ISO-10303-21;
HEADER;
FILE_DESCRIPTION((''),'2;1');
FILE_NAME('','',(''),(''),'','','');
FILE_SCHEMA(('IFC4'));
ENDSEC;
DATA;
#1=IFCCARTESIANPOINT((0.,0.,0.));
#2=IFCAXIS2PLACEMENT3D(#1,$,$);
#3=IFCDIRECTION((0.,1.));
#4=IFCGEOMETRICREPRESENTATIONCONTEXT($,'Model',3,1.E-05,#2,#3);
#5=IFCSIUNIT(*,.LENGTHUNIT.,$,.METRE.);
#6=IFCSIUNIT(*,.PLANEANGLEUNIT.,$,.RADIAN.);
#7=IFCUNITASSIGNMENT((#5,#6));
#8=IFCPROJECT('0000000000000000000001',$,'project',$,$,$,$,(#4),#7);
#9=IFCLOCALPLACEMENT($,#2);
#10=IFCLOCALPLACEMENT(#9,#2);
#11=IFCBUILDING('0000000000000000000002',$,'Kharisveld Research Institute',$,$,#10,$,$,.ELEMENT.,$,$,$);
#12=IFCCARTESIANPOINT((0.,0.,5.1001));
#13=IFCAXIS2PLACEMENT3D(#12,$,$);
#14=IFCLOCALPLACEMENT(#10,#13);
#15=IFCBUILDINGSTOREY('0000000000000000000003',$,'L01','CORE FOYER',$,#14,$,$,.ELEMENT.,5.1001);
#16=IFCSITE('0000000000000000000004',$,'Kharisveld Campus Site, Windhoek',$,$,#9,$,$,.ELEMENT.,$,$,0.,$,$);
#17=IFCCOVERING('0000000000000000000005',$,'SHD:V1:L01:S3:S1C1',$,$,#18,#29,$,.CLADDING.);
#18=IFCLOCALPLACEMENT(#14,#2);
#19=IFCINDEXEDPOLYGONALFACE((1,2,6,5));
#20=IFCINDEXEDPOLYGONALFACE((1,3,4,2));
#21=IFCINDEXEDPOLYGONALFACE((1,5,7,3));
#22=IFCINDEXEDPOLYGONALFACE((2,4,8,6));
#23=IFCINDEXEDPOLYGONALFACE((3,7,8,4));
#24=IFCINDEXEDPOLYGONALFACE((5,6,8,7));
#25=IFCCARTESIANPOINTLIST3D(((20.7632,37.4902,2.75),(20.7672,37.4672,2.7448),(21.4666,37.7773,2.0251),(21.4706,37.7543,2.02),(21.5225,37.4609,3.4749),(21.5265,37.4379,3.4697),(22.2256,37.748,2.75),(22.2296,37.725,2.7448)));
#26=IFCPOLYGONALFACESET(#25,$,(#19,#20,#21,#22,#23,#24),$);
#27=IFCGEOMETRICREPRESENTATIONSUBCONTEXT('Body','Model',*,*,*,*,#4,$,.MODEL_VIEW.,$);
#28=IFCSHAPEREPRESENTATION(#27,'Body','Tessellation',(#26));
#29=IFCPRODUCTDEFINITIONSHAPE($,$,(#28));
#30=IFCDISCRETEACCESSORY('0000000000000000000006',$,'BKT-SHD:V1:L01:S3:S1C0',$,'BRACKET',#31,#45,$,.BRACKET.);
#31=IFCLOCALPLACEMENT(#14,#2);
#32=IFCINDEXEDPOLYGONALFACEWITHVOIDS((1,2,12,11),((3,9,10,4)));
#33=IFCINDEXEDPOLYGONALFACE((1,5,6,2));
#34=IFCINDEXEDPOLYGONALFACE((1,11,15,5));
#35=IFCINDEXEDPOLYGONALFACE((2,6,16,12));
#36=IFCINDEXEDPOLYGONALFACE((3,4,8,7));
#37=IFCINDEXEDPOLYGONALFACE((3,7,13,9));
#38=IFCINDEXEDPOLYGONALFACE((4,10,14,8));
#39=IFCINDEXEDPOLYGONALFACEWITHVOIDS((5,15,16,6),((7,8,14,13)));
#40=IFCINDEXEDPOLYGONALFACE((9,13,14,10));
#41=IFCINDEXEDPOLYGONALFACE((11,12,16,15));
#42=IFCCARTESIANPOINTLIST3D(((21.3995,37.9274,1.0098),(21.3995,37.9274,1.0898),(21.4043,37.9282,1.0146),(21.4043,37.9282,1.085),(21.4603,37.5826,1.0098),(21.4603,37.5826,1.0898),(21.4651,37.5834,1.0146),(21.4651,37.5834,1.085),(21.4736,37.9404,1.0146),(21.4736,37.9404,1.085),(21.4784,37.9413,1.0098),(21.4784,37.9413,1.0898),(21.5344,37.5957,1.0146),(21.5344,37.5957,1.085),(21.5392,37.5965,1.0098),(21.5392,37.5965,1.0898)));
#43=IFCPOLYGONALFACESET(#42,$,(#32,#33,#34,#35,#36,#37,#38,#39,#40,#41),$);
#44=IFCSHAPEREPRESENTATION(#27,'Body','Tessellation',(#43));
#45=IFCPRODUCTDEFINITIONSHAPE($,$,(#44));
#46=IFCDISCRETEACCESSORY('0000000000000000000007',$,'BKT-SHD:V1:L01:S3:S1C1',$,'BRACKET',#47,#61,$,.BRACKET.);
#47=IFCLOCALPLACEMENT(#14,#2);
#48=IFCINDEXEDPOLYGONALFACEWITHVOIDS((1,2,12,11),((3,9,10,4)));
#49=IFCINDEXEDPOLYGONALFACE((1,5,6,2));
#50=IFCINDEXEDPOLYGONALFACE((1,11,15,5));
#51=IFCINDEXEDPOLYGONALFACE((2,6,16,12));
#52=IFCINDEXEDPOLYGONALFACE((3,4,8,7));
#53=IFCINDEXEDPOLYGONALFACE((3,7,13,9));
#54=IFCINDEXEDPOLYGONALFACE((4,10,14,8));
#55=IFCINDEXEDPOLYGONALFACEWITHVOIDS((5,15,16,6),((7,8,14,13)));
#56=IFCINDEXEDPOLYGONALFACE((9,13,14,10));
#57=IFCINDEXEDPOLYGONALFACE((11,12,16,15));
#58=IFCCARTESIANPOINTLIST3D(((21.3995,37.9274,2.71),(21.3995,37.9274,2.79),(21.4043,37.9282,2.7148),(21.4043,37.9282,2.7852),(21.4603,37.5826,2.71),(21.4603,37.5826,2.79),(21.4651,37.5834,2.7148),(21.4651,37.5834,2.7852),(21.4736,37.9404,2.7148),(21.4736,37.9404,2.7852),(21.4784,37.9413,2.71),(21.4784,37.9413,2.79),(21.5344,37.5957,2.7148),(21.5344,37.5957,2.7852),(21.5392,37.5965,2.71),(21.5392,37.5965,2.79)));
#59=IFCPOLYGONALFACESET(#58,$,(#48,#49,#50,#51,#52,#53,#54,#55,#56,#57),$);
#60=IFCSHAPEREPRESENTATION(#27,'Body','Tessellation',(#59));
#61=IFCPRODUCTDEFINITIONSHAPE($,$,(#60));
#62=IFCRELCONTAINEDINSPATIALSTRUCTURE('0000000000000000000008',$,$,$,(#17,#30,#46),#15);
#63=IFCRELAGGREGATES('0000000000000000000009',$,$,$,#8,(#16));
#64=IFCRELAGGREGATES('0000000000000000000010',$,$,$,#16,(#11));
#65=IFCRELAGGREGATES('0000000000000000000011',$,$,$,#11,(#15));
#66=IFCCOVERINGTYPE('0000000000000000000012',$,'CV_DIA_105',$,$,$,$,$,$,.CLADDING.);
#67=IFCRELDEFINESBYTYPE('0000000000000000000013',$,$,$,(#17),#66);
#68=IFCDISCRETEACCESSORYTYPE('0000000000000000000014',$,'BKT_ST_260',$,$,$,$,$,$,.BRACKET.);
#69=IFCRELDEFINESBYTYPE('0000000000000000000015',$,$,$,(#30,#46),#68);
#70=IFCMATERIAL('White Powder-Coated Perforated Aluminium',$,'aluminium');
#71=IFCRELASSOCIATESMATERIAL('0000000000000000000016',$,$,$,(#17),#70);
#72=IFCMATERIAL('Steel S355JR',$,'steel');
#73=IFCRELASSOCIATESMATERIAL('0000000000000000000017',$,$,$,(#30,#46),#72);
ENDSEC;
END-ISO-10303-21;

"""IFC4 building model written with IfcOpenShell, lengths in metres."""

from ifc_helpers import new_model, si_unit, direction, frame, origin, origin_2d, place, context, subcontext, project, spatial, polyline, hollow_rectangle, outline, extrude, material, type_object, element, save


model = new_model("IFC4")

# Units and contexts
model_context = context("Model", 3, precision=1e-05, world=origin(), true_north=direction((0.0, 1.0)))
body_context = subcontext(model_context, "Body", "Model", "MODEL_VIEW")
ifc_project = project(units=[si_unit("LENGTHUNIT", "METRE"), si_unit("PLANEANGLEUNIT", "RADIAN")], contexts=[model_context])

# Site, building, storey
site_placement = place(None, origin())
site = spatial("IfcSite", under=ifc_project, at=site_placement, Name="Kharisveld Campus Site, Windhoek", CompositionType="ELEMENT", RefElevation=0.0)
building_placement = place(site_placement, origin())
building = spatial("IfcBuilding", under=site, at=building_placement, Name="Kharisveld Research Institute", CompositionType="ELEMENT")
storey_placement = place(building_placement, frame((0.0, 0.0, 5.1001)))
storey = spatial("IfcBuildingStorey", under=building, at=storey_placement, Name="L01", Description="CORE FOYER", CompositionType="ELEMENT", Elevation=5.1001)

# Covering
ifc_material_1 = material(Name="White Powder-Coated Perforated Aluminium", Category="aluminium")
covering_type = type_object("IfcCoveringType", Name="CV_DIA_105", PredefinedType="CLADDING")
for number, where, z_axis, x_axis, name in (
    (1, (21.4666, 37.7773, 2.0251), (-0.169503, 0.961481, 0.216385), (-0.66985, -0.273447, 0.69031), "SHD:V1:L01:S3:S1C1"),
):
    element("IfcCovering", number, at=place(storey_placement, frame(where, z_axis=z_axis, x_axis=x_axis)), inside=storey, type_object=covering_type, material=ifc_material_1, Name=name, PredefinedType="CLADDING", context=body_context, shape_type="SweptSolid", body=[
        extrude(outline(polyline([(0.0, 0.0), (1.05, 0.0), (1.0498, 1.0501), (-0.0001, 1.05), (0.0, 0.0)])), origin(), (0.0, 0.0, -1.0), 0.0239),
    ])

# Discrete accessories
ifc_material_2 = material(Name="Steel S355JR", Category="steel")
discrete_accessory_type = type_object("IfcDiscreteAccessoryType", Name="BKT_ST_260", PredefinedType="BRACKET")
for number, where, z_axis, x_axis, name in (
    (2, (21.439, 37.9343, 1.0498), (0.173666, -0.984805, 0.0), (0.984805, 0.173666, 0.0), "BKT-SHD:V1:L01:S3:S1C0"),
    (3, (21.439, 37.9343, 2.75), (0.173666, -0.984805, 0.0), (0.984805, 0.173666, 0.0), "BKT-SHD:V1:L01:S3:S1C1"),
):
    element("IfcDiscreteAccessory", number, at=place(storey_placement, frame(where, z_axis=z_axis, x_axis=x_axis)), inside=storey, type_object=discrete_accessory_type, material=ifc_material_2, Name=name, ObjectType="BRACKET", PredefinedType="BRACKET", context=body_context, shape_type="SweptSolid", body=[
        extrude(hollow_rectangle(XDim=0.0801, YDim=0.0801, WallThickness=0.0049, at=origin_2d()), origin(), (0.0, 0.0, 1.0), 0.3501),
    ])

save(model, "model.ifc")
